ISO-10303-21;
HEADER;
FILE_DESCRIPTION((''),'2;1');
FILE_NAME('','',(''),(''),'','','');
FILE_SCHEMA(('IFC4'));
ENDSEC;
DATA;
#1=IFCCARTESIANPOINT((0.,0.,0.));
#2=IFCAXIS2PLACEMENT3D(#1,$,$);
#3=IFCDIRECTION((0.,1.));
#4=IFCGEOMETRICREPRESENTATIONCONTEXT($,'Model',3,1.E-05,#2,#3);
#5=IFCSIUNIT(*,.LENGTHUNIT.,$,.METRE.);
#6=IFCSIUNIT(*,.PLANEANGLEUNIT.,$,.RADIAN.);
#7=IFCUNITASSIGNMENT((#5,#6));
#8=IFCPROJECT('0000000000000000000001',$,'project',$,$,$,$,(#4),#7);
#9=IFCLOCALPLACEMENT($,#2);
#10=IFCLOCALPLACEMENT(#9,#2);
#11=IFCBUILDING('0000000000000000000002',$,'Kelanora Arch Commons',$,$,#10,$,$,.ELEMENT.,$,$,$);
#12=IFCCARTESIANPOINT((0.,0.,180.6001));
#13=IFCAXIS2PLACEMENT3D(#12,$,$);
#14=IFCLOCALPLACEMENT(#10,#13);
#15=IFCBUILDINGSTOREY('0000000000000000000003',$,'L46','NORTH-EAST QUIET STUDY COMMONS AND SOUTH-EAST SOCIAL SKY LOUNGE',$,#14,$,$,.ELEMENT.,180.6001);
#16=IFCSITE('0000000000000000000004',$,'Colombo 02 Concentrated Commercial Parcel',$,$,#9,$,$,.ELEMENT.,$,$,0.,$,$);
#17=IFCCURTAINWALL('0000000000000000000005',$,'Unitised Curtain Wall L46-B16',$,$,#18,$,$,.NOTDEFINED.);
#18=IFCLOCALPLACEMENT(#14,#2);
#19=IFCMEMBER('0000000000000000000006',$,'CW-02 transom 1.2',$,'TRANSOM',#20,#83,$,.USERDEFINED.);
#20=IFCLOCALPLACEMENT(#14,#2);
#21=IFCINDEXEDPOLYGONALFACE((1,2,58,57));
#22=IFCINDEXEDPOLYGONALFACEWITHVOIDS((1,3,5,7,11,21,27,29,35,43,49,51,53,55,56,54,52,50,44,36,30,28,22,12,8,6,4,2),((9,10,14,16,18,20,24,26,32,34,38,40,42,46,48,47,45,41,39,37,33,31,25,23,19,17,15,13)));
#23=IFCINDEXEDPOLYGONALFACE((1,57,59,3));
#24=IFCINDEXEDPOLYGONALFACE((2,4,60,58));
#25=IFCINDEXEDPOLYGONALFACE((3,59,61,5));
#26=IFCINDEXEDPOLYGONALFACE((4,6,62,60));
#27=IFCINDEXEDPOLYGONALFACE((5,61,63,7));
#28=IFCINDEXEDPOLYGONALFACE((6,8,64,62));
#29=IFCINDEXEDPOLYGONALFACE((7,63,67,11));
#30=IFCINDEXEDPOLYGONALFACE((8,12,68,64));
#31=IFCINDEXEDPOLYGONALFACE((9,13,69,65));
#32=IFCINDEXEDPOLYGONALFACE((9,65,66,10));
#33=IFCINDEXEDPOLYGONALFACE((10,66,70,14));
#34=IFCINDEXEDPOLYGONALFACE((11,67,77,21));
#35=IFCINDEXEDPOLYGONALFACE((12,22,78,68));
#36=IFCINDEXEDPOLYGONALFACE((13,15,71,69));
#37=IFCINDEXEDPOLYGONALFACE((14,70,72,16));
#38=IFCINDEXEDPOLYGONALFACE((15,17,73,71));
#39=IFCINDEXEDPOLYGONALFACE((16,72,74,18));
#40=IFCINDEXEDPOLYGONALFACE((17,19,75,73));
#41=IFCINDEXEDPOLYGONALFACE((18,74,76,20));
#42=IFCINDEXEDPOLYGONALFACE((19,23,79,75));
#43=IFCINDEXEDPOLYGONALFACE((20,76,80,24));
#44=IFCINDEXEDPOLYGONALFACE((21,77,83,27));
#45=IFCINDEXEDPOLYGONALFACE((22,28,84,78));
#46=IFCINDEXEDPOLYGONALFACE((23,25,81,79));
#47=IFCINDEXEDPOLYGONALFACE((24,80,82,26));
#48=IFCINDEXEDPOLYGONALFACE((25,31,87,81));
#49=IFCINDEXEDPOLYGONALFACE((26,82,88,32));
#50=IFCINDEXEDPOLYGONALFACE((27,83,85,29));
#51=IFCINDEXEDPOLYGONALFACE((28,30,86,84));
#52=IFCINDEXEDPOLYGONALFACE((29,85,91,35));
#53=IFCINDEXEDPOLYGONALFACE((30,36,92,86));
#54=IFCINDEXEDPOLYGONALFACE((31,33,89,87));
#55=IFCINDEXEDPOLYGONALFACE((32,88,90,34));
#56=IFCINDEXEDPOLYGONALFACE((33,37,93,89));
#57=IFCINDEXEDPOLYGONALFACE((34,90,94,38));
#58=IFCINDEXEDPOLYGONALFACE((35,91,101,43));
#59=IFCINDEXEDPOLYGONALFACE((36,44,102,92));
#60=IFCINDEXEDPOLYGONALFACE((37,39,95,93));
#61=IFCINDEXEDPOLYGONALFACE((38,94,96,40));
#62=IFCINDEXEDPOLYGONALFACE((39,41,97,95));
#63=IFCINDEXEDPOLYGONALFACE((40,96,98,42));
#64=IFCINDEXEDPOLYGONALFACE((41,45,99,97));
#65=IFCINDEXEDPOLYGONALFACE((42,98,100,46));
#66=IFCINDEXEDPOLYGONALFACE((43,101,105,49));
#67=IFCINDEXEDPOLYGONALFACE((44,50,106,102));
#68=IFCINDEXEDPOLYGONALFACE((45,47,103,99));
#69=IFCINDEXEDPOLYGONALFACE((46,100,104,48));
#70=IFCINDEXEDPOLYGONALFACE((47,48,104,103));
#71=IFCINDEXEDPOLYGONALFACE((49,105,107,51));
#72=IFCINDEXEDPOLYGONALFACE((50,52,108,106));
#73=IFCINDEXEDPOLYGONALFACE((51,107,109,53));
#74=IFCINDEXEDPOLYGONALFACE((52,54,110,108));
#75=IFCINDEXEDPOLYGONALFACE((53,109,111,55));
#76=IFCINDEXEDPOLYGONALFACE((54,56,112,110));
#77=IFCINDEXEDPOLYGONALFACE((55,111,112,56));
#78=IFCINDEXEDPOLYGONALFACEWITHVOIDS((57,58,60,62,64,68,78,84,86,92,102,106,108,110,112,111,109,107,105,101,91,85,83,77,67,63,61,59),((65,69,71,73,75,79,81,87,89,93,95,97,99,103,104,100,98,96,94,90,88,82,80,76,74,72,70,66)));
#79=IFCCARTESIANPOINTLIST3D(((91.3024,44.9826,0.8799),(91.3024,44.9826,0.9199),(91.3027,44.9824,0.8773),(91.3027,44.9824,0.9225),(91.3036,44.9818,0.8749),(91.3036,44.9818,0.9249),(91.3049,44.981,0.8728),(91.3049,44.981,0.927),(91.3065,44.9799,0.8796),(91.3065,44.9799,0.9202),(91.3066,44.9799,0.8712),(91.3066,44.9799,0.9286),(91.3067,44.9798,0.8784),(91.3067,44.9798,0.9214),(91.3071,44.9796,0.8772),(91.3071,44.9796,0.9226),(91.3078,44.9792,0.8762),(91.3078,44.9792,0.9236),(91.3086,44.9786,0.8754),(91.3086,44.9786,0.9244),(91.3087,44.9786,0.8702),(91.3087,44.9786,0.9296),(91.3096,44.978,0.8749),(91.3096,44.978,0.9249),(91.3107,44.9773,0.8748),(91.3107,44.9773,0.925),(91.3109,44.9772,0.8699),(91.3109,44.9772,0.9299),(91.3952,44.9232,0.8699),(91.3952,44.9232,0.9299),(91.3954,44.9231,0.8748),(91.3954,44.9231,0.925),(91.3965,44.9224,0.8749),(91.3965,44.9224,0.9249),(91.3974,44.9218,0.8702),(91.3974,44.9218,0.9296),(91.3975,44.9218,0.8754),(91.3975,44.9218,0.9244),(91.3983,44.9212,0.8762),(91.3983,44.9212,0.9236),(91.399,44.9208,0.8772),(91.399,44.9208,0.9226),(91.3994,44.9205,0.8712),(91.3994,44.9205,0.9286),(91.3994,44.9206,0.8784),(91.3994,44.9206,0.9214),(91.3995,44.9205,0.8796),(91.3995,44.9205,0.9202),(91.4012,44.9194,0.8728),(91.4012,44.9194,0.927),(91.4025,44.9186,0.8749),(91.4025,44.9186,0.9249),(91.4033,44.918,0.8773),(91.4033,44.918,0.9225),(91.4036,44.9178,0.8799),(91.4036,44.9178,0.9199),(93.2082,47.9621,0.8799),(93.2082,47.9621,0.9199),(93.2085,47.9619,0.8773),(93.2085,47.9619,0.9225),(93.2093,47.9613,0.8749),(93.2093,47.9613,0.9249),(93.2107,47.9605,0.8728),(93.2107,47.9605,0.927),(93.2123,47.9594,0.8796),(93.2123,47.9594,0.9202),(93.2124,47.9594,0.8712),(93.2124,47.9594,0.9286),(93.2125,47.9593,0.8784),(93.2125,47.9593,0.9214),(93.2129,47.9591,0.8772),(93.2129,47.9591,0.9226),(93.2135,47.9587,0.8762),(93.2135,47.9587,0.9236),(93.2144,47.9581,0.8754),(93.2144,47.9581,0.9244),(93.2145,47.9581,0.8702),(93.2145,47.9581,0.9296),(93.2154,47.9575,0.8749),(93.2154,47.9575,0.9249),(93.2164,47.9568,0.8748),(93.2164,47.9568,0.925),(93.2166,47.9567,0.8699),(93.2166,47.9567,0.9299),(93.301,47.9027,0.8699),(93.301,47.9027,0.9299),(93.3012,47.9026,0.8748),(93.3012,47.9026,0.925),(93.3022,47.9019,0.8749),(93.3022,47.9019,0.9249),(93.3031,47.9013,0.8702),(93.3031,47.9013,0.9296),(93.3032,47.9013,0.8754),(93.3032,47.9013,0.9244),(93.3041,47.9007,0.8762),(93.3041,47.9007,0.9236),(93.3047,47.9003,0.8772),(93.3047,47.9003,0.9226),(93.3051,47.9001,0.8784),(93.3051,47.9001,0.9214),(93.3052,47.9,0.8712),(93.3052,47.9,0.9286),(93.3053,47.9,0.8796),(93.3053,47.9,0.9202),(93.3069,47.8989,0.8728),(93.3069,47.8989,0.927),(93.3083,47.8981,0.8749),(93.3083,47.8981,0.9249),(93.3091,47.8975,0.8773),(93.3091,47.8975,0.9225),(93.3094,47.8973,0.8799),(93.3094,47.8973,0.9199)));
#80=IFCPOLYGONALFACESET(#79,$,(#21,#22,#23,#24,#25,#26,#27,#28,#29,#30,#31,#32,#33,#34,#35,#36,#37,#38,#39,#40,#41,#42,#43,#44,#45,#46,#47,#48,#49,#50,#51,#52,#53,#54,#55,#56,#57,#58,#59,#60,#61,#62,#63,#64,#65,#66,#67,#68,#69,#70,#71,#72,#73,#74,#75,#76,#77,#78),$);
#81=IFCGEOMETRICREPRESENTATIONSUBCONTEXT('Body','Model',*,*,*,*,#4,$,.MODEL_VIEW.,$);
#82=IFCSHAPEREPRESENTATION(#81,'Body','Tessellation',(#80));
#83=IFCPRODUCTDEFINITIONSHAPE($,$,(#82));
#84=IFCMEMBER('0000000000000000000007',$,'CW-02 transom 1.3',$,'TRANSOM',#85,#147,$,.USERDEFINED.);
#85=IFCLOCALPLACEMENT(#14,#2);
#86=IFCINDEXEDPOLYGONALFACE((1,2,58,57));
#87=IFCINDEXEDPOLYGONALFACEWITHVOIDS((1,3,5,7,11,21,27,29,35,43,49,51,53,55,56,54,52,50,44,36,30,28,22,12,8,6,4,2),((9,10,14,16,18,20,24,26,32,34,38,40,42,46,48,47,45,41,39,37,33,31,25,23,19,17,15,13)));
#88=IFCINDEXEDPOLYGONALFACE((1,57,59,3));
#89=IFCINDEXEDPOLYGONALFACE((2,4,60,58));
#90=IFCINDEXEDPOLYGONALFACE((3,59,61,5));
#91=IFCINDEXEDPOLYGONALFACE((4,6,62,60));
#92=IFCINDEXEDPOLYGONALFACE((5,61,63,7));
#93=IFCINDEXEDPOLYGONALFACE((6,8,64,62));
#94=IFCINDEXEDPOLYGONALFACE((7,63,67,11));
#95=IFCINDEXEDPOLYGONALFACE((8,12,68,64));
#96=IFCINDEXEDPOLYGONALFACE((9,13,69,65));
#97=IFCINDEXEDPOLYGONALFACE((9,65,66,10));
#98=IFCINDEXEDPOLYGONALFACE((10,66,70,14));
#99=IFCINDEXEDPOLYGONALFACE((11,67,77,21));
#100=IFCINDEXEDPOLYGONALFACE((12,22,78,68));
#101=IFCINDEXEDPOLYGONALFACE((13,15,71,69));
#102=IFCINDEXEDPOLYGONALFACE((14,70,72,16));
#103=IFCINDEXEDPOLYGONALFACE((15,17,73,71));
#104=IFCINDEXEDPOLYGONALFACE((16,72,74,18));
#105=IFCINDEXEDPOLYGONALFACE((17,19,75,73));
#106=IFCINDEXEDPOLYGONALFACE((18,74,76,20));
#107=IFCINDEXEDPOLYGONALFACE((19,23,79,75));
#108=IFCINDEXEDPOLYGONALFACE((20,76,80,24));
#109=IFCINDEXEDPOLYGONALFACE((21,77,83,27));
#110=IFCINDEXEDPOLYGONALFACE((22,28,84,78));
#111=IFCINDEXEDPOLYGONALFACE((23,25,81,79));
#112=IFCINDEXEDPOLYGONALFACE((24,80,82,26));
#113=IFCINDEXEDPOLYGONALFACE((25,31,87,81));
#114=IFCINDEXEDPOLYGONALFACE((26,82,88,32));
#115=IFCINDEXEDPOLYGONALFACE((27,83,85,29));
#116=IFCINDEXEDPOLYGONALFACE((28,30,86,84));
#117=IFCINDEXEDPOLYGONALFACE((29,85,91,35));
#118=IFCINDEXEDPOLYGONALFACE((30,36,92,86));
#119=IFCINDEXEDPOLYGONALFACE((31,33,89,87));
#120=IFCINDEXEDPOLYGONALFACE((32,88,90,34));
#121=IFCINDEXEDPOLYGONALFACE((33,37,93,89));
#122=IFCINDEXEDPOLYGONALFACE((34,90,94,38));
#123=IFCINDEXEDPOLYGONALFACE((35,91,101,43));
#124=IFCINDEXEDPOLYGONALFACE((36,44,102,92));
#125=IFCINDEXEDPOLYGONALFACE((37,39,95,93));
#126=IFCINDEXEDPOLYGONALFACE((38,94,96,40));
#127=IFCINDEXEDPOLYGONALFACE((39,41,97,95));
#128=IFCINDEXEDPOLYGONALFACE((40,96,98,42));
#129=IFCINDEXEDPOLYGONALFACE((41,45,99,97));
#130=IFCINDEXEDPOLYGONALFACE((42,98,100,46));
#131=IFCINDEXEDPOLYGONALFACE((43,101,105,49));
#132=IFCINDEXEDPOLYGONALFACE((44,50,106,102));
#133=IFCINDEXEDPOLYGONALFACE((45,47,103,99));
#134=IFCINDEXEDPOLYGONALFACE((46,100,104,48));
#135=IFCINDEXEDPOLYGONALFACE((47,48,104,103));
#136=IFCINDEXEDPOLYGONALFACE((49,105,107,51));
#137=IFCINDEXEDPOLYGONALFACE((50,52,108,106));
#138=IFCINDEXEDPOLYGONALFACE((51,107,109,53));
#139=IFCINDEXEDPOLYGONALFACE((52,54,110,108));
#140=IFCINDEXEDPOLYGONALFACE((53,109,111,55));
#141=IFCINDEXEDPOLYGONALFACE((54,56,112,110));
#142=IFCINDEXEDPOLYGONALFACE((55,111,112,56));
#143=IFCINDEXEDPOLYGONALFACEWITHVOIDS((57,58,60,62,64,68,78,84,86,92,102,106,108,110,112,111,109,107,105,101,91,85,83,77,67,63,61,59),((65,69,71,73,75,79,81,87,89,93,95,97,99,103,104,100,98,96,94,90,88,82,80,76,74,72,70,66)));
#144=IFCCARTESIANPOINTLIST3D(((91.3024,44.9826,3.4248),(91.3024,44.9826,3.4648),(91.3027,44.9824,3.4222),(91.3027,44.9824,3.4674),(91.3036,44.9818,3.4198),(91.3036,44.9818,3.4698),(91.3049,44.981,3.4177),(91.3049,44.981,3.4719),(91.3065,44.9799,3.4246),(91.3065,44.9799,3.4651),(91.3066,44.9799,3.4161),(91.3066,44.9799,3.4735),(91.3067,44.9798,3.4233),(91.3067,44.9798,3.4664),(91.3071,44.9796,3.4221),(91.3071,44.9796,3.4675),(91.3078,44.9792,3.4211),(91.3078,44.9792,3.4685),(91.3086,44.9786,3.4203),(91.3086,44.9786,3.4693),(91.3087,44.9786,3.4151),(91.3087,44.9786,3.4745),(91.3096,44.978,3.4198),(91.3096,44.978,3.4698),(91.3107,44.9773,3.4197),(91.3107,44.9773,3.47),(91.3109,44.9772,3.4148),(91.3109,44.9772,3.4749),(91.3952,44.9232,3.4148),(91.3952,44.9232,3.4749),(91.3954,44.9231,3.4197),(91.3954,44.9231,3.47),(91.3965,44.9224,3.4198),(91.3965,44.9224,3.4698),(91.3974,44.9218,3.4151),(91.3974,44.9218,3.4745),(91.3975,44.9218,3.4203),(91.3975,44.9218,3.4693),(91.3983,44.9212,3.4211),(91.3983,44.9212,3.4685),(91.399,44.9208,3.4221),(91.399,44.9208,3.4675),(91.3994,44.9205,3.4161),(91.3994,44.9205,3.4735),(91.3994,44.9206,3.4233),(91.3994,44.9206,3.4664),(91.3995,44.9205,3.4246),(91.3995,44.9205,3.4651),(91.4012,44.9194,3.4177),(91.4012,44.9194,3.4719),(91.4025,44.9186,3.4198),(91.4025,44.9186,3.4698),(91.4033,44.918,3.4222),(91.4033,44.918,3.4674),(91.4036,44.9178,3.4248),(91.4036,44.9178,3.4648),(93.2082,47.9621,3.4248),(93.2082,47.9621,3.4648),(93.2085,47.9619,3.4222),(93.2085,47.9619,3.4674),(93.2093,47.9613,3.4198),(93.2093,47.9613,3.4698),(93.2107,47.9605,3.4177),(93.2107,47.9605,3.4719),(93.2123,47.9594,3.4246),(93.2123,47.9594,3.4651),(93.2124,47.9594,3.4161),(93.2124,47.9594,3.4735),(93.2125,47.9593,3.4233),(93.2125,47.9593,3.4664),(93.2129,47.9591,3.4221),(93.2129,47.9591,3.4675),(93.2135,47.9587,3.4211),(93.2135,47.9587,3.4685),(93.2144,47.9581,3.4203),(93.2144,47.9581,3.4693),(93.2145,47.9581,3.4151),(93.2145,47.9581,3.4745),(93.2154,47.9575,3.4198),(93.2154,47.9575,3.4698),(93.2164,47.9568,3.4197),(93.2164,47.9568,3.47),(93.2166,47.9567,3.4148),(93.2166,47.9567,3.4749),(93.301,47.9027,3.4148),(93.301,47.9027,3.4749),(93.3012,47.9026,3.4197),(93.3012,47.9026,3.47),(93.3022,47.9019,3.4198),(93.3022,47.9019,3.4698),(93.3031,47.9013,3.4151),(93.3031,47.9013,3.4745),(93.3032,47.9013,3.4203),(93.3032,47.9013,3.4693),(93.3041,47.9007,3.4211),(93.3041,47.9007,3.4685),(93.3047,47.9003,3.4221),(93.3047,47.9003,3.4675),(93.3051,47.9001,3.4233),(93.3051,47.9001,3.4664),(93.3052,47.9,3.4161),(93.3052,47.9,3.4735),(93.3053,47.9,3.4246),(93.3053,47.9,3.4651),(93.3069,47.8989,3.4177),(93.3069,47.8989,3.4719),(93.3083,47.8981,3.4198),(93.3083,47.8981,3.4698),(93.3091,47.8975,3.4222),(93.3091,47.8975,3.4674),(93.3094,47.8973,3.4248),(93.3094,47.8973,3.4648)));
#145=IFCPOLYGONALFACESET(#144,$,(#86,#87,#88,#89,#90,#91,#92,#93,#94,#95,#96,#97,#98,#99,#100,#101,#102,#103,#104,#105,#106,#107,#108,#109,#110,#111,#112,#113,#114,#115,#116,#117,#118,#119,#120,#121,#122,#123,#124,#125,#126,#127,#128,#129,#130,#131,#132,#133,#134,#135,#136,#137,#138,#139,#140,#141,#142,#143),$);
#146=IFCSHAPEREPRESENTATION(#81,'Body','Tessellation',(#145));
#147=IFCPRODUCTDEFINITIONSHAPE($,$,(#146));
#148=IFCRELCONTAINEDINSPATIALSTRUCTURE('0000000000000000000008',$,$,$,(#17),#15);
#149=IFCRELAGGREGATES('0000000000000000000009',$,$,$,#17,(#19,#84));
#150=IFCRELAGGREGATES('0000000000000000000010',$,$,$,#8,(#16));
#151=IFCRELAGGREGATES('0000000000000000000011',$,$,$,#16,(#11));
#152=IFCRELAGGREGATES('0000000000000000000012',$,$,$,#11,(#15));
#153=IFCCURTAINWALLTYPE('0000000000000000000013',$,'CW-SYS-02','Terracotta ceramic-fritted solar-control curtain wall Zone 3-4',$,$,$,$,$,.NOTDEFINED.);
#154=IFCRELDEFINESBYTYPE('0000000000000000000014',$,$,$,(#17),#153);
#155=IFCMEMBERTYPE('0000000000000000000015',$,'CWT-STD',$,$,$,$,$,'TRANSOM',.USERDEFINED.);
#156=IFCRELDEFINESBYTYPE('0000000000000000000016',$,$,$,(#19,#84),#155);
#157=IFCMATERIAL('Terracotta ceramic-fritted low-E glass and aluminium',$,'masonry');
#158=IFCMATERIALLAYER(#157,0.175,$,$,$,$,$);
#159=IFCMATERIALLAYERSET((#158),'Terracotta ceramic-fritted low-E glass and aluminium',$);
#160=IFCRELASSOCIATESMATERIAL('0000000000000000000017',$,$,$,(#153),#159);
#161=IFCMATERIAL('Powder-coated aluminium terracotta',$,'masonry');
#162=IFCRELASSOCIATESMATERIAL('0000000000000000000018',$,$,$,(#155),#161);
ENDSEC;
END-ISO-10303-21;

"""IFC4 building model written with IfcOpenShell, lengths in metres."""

from ifc_helpers import new_model, si_unit, direction, frame, origin, origin_2d, place, context, subcontext, project, spatial, hollow_rectangle, extrude, material, layer, layer_set, material_profile, profile_set, type_object, element, aggregate, save


model = new_model("IFC4")

# Units and contexts
model_context = context("Model", 3, precision=1e-05, world=origin(), true_north=direction((0.0, 1.0)))
body_context = subcontext(model_context, "Body", "Model", "MODEL_VIEW")
ifc_project = project(units=[si_unit("LENGTHUNIT", "METRE"), si_unit("PLANEANGLEUNIT", "RADIAN")], contexts=[model_context])

# Site, building, storey
site_placement = place(None, origin())
site = spatial("IfcSite", under=ifc_project, at=site_placement, Name="Colombo 02 Concentrated Commercial Parcel", CompositionType="ELEMENT", RefElevation=0.0)
building_placement = place(site_placement, origin())
building = spatial("IfcBuilding", under=site, at=building_placement, Name="Kelanora Arch Commons", CompositionType="ELEMENT")
storey_placement = place(building_placement, frame((0.0, 0.0, 180.6001)))
storey = spatial("IfcBuildingStorey", under=building, at=storey_placement, Name="L46", Description="NORTH-EAST QUIET STUDY COMMONS AND SOUTH-EAST SOCIAL SKY LOUNGE", CompositionType="ELEMENT", Elevation=180.6001)

# Shared definitions
ifc_material_1 = material(Name="Terracotta ceramic-fritted low-E glass and aluminium", Category="masonry")
ifc_layer_1 = layer(ifc_material_1, 0.175)
ifc_layer_set_1 = layer_set([ifc_layer_1], Name="Terracotta ceramic-fritted low-E glass and aluminium")
curtain_wall_type = type_object("IfcCurtainWallType", Name="CW-SYS-02", Description="Terracotta ceramic-fritted solar-control curtain wall Zone 3-4", PredefinedType="NOTDEFINED", material=ifc_layer_set_1)
ifc_material_2 = material(Name="Powder-coated aluminium terracotta", Category="masonry")

# Curtain wall, members
curtain_wall_1_placement = place(storey_placement, origin())
curtain_wall_1 = element("IfcCurtainWall", 1, at=curtain_wall_1_placement, inside=storey, type_object=curtain_wall_type, Name="Unitised Curtain Wall L46-B16", PredefinedType="NOTDEFINED")
ifc_material_profile_1 = material_profile(ifc_material_2, hollow_rectangle(XDim=0.1201, YDim=0.0601, WallThickness=0.0049, InnerFilletRadius=0.0049, OuterFilletRadius=0.01, at=origin_2d()), Name="CWT120x60")
ifc_profile_set_1 = profile_set([ifc_material_profile_1], Name="Powder-coated aluminium terracotta")
member_type_1 = type_object("IfcMemberType", Name="CWT-STD", ElementType="TRANSOM", PredefinedType="USERDEFINED", material=ifc_profile_set_1)
member_1_placement = place(storey_placement, frame((91.353, 44.9502, 0.8999), z_axis=(0.53883, 0.842414, 0.0), x_axis=(-0.842414, 0.53883, 0.0)))
member_1 = element("IfcMember", 2, at=member_1_placement, type_object=member_type_1, Name="CW-02 transom 1.2", ObjectType="TRANSOM", PredefinedType="USERDEFINED", context=body_context, shape_type="SweptSolid", body=[
    extrude(hollow_rectangle(XDim=0.1201, YDim=0.0601, WallThickness=0.0049, InnerFilletRadius=0.0049, OuterFilletRadius=0.01, at=origin_2d()), origin(), (0.0, 0.0, 1.0), 3.5369),
])
member_2_placement = place(storey_placement, frame((91.353, 44.9502, 3.4448), z_axis=(0.53883, 0.842414, 0.0), x_axis=(-0.842414, 0.53883, 0.0)))
member_2 = element("IfcMember", 3, at=member_2_placement, type_object=member_type_1, Name="CW-02 transom 1.3", ObjectType="TRANSOM", PredefinedType="USERDEFINED", context=body_context, shape_type="SweptSolid", body=[
    extrude(hollow_rectangle(XDim=0.1201, YDim=0.0601, WallThickness=0.0049, InnerFilletRadius=0.0049, OuterFilletRadius=0.01, at=origin_2d()), origin(), (0.0, 0.0, 1.0), 3.5369),
])

aggregate(curtain_wall_1, [member_1, member_2])

save(model, "model.ifc")
